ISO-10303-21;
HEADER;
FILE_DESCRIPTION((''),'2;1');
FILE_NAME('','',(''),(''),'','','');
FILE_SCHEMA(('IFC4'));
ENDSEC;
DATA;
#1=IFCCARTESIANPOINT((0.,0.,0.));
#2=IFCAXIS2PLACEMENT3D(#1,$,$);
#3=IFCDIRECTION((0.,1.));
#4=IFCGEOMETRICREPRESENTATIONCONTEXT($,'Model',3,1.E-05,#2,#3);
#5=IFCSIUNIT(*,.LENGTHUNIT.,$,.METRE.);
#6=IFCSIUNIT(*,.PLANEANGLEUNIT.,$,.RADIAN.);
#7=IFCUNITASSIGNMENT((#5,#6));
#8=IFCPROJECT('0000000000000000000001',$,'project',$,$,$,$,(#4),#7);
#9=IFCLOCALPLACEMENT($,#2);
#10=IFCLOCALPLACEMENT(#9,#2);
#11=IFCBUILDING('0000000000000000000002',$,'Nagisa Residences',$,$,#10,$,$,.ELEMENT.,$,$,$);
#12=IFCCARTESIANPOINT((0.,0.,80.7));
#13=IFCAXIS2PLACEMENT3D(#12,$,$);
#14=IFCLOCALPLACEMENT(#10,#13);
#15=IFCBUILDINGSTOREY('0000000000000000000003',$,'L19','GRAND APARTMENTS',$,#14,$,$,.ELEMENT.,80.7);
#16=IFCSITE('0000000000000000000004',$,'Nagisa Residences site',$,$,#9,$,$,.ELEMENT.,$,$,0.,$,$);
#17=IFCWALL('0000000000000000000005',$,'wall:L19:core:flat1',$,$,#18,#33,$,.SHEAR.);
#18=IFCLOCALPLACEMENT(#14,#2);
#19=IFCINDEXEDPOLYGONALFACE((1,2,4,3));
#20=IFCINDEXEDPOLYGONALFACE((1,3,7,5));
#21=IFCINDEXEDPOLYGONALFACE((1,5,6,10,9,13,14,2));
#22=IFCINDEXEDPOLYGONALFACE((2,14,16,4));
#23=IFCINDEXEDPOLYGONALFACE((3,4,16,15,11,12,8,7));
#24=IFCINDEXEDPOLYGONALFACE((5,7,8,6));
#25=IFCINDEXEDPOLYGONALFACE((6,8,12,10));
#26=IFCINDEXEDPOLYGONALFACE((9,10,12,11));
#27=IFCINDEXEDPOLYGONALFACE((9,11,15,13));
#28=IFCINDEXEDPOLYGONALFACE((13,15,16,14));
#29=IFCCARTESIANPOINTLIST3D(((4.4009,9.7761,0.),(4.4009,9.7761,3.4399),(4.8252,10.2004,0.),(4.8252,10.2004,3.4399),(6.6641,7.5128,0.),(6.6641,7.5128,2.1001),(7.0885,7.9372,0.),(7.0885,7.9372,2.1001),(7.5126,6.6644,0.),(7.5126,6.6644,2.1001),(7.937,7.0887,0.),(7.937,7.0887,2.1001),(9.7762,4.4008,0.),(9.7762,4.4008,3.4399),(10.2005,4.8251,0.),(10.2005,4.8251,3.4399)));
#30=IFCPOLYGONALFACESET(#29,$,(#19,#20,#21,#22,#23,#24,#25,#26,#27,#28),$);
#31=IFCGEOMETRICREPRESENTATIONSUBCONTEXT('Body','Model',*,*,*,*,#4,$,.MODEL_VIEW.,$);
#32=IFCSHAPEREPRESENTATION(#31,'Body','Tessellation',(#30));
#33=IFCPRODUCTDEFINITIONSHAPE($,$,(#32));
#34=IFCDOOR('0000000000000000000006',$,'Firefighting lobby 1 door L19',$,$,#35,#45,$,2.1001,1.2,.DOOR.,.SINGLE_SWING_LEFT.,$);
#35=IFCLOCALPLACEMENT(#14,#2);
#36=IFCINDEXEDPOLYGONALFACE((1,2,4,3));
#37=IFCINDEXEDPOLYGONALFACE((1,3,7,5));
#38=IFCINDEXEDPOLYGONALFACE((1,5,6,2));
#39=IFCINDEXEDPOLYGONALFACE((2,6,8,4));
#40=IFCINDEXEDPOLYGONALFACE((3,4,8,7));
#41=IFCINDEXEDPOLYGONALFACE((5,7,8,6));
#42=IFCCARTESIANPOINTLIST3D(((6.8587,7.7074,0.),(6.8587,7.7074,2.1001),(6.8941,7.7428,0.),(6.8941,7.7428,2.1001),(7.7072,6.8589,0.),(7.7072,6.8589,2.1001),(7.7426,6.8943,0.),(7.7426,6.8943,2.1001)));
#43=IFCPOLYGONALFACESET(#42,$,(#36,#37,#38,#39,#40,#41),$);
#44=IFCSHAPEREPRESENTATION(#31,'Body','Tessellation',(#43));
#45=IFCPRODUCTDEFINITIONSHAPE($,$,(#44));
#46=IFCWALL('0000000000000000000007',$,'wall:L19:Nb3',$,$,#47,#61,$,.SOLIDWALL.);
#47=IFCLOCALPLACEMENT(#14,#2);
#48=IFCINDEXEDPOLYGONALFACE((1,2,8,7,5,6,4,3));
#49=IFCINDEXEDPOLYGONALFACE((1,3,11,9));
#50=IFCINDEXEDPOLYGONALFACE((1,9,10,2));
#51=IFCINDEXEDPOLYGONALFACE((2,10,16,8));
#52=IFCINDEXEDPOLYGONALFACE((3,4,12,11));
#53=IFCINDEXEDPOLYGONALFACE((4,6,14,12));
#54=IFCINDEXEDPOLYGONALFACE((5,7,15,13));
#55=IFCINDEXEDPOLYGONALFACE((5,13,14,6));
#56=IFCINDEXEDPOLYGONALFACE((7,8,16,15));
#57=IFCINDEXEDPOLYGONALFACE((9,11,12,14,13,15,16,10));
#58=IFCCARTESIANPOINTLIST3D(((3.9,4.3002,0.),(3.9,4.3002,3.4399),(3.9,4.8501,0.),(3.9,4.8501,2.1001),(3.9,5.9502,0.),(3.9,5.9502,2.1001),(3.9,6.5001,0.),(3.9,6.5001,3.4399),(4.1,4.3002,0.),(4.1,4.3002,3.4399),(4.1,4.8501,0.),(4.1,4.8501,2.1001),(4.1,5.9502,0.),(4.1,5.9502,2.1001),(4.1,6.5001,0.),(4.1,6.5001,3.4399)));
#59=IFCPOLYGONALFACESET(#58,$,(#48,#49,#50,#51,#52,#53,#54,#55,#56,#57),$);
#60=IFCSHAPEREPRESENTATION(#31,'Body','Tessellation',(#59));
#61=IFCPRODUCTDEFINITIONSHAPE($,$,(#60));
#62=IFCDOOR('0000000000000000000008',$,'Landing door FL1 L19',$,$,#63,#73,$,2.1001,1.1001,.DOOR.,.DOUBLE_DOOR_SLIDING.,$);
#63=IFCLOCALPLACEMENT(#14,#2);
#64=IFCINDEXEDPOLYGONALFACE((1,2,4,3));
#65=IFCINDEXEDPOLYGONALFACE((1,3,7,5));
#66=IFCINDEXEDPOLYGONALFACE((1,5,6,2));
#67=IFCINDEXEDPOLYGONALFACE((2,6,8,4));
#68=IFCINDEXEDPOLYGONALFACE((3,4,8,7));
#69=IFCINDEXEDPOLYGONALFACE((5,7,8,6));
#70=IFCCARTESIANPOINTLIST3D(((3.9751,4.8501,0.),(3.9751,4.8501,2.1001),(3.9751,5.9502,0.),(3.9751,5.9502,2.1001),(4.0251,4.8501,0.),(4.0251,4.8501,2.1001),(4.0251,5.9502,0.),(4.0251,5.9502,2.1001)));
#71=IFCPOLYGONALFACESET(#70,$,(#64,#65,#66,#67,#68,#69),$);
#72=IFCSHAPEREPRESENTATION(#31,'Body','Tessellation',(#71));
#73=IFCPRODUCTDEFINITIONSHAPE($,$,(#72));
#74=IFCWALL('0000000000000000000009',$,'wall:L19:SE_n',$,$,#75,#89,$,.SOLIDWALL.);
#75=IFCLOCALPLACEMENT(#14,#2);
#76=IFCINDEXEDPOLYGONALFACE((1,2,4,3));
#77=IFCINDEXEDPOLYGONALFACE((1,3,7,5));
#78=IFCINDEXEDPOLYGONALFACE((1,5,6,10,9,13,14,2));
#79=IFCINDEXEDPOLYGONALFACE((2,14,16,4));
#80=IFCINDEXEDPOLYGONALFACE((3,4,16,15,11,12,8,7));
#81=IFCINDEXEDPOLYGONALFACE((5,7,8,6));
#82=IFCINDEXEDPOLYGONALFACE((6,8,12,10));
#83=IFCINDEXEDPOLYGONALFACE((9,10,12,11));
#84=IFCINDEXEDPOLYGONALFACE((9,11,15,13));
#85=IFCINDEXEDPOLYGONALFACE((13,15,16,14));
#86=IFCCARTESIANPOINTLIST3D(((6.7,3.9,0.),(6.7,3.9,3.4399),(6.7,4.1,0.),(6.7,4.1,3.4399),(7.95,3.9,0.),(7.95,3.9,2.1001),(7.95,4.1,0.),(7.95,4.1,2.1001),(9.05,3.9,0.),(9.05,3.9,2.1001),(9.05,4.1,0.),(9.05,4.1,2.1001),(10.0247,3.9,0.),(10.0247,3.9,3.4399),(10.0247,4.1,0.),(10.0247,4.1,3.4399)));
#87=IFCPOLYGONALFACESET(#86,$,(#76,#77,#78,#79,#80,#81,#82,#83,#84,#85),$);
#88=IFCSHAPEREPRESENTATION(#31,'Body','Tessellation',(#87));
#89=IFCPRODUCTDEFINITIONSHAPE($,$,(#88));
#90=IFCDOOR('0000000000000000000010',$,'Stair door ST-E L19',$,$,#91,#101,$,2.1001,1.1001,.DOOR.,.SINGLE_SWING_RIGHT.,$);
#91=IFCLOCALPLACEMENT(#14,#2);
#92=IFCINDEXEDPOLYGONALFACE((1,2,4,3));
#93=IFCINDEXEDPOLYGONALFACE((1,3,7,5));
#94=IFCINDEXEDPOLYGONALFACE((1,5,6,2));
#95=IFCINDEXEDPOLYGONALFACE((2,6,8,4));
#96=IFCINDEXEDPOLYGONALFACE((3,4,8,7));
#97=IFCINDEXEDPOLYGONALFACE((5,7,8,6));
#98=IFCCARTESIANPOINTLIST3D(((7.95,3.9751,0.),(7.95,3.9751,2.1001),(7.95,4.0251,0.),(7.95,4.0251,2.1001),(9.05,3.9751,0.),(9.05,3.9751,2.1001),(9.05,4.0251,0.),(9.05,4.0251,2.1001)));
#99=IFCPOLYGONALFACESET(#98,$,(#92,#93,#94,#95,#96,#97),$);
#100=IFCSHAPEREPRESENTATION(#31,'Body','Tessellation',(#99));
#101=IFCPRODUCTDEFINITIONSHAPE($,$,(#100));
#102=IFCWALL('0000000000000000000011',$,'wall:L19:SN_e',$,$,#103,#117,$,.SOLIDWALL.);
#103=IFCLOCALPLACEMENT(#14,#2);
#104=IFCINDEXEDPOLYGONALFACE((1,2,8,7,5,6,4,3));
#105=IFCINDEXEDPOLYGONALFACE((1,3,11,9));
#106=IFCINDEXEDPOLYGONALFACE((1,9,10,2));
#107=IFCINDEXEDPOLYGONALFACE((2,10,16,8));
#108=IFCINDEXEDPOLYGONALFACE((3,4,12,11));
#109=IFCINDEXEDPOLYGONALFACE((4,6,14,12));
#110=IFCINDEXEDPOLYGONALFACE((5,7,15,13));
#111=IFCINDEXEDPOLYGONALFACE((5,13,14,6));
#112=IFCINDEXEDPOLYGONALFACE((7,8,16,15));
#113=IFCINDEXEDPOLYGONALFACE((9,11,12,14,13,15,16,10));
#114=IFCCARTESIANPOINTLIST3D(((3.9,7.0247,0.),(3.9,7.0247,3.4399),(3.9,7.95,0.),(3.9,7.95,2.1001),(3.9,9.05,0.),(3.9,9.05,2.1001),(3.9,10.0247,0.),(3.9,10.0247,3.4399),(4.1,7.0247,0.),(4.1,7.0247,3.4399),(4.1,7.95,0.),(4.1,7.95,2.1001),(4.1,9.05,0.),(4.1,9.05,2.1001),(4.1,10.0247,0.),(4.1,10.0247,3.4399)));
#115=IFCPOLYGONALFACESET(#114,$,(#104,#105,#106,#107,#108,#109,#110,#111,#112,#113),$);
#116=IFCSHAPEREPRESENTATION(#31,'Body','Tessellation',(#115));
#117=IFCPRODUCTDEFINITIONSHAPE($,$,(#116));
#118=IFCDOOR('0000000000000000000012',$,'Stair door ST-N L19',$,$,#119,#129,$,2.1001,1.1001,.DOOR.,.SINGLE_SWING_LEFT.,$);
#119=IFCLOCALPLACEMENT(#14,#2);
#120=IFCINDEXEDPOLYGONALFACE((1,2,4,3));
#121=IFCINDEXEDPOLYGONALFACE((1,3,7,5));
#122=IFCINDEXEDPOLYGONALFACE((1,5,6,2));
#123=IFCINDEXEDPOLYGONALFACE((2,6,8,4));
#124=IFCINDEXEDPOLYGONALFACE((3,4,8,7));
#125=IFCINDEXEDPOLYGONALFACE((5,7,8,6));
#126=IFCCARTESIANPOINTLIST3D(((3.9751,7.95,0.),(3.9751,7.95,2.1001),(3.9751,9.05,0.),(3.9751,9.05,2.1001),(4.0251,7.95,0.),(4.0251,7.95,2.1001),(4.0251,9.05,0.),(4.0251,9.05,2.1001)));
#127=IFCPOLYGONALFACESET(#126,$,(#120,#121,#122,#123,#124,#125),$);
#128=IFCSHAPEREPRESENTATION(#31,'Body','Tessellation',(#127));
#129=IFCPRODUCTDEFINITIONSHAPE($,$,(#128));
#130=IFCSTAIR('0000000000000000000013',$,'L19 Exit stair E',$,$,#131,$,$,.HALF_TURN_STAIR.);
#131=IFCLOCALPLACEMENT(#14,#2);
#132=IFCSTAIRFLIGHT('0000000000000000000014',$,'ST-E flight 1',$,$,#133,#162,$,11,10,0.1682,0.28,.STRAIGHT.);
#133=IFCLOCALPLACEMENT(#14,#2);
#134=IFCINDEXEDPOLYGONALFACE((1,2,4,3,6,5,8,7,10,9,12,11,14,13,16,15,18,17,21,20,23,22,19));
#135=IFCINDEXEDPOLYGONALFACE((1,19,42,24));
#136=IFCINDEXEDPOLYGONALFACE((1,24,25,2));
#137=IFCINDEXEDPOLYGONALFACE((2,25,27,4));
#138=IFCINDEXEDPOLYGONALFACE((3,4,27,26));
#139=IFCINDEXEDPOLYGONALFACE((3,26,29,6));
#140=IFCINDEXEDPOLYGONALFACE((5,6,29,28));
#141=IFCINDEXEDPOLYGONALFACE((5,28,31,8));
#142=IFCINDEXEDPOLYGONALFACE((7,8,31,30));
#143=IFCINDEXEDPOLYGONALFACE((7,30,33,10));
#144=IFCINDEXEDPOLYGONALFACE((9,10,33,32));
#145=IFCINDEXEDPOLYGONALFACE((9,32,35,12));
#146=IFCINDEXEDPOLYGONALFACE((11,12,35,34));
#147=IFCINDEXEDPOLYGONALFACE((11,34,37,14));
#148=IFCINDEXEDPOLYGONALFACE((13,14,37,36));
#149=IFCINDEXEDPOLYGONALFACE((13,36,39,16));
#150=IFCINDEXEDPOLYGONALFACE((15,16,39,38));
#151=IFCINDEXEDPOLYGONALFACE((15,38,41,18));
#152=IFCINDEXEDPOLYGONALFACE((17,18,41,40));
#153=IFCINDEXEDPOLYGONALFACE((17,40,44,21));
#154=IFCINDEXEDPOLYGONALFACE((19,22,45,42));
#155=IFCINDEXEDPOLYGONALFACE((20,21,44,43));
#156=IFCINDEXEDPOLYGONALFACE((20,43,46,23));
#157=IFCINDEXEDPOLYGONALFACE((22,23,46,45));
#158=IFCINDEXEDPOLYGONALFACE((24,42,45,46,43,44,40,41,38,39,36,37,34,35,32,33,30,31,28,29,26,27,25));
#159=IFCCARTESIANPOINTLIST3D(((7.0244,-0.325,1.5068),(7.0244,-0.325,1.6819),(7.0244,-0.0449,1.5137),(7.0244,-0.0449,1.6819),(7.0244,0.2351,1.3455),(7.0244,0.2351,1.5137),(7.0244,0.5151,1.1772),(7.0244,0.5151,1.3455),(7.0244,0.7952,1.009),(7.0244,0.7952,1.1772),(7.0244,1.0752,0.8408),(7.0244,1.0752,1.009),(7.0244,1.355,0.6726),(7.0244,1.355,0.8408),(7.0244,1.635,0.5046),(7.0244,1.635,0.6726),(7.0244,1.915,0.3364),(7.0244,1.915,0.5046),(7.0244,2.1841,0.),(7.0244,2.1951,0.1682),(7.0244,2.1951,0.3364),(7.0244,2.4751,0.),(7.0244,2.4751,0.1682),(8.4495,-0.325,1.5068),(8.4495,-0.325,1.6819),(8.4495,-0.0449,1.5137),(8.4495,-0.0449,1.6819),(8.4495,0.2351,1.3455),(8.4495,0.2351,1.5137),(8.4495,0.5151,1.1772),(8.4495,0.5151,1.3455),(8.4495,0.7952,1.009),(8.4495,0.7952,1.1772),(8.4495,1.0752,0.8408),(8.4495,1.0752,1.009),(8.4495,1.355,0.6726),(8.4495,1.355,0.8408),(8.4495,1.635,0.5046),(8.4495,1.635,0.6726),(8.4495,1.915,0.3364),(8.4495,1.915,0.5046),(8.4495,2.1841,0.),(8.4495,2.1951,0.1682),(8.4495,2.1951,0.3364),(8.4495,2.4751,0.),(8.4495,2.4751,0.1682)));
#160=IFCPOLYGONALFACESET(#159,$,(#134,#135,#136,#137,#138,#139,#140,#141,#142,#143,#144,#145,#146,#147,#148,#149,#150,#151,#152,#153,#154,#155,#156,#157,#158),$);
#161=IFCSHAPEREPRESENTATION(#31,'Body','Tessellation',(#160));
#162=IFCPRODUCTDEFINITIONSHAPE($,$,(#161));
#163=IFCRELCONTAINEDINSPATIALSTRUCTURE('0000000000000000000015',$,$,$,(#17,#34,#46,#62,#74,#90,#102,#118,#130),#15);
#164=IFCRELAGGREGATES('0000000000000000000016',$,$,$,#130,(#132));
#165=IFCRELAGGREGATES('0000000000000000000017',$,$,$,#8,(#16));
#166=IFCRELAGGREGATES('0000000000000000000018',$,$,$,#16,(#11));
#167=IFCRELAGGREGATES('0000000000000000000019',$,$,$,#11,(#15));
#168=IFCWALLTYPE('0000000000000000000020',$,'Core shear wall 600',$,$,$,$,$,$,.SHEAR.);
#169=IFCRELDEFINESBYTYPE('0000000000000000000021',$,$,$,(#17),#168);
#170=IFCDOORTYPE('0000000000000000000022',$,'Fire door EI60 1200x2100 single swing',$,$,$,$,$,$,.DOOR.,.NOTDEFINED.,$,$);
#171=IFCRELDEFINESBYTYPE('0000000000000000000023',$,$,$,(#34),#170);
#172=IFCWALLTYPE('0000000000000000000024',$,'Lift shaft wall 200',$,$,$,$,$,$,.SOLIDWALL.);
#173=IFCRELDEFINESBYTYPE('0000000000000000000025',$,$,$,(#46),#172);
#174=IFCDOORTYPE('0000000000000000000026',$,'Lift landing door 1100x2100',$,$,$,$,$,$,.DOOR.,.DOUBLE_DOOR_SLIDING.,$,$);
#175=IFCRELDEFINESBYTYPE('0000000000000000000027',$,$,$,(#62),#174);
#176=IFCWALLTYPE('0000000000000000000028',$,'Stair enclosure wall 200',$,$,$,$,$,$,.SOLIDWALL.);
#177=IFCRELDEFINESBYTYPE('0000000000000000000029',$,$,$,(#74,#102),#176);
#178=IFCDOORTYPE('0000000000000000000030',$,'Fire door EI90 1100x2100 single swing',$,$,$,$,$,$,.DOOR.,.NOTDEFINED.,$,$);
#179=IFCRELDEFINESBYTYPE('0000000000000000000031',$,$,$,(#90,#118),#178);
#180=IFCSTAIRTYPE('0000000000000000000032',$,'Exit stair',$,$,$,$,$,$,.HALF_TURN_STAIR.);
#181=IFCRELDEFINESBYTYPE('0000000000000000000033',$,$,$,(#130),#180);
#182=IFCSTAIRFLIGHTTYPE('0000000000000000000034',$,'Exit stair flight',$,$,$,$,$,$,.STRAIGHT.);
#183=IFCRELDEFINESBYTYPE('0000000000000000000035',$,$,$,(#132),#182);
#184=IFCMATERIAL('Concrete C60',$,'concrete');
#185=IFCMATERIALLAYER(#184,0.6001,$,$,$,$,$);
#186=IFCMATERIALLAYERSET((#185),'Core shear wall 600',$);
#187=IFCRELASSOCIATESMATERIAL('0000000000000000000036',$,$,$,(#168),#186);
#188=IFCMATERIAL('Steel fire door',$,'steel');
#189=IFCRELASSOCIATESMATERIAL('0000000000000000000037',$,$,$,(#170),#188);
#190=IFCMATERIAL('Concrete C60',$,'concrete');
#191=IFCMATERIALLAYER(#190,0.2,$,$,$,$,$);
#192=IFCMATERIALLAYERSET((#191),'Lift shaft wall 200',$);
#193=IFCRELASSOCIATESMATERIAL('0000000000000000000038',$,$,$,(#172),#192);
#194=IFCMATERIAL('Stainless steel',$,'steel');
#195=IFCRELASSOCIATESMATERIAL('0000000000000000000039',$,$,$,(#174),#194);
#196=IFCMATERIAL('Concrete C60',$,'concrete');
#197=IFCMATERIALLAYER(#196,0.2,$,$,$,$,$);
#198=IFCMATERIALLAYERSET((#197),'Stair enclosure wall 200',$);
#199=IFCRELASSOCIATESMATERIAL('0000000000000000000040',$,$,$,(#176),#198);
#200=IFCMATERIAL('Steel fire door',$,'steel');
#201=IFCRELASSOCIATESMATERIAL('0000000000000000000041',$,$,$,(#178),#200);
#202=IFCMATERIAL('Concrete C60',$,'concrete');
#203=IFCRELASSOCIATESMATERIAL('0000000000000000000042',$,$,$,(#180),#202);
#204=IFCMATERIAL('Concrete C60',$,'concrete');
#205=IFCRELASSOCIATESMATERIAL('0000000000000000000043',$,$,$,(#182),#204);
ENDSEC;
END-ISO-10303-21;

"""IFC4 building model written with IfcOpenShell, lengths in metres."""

from ifc_helpers import new_model, si_unit, direction, frame, frame_2d, origin, place, context, subcontext, project, spatial, polyline, rectangle, outline, extrude, material, layer, layer_set, type_object, element, fill, aggregate, save


model = new_model("IFC4")

# Units and contexts
model_context = context("Model", 3, precision=1e-05, world=origin(), true_north=direction((0.0, 1.0)))
body_context = subcontext(model_context, "Body", "Model", "MODEL_VIEW")
ifc_project = project(units=[si_unit("LENGTHUNIT", "METRE"), si_unit("PLANEANGLEUNIT", "RADIAN")], contexts=[model_context])

# Site, building, storey
site_placement = place(None, origin())
site = spatial("IfcSite", under=ifc_project, at=site_placement, Name="Nagisa Residences site", CompositionType="ELEMENT", RefElevation=0.0)
building_placement = place(site_placement, origin())
building = spatial("IfcBuilding", under=site, at=building_placement, Name="Nagisa Residences", CompositionType="ELEMENT")
storey_placement = place(building_placement, frame((0.0, 0.0, 80.7)))
storey = spatial("IfcBuildingStorey", under=building, at=storey_placement, Name="L19", Description="GRAND APARTMENTS", CompositionType="ELEMENT", Elevation=80.7)

# Walls, openings, doors
ifc_material_1 = material(Name="Concrete C60", Category="concrete")
ifc_layer_1 = layer(ifc_material_1, 0.6001)
ifc_layer_set_1 = layer_set([ifc_layer_1], Name="Core shear wall 600")
wall_type_1 = type_object("IfcWallType", Name="Core shear wall 600", PredefinedType="SHEAR", material=ifc_layer_set_1)
wall_1_placement = place(storey_placement, frame((9.9883, 4.613, 0.0), z_axis=(0.0, 0.0, 1.0), x_axis=(-0.707107, 0.707107, 0.0)))
wall_1 = element("IfcWall", 1, at=wall_1_placement, inside=storey, type_object=wall_type_1, Name="wall:L19:core:flat1", PredefinedType="SHEAR", context=body_context, shape_type="SweptSolid", body=[
    extrude(rectangle(XDim=7.6018, YDim=0.6001, at=frame_2d((3.8008, 0.0))), origin(), (0.0, 0.0, 1.0), 3.4399),
])
opening_1_placement = place(wall_1_placement, frame((3.2009, 0.0, 0.0)))
opening_1 = element("IfcOpeningElement", 2, at=opening_1_placement, cuts=wall_1, PredefinedType="OPENING", context=body_context, shape_type="SweptSolid", body=[
    extrude(rectangle(XDim=1.2, YDim=2.1001, at=frame_2d((0.6001, 1.05))), frame((0.0, 0.3101, 0.0), z_axis=(0.0, -1.0, 0.0), x_axis=(1.0, 0.0, 0.0)), (0.0, 0.0, 1.0), 0.6201),
])
ifc_material_2 = material(Name="Steel fire door", Category="steel")
door_type_1 = type_object("IfcDoorType", Name="Fire door EI60 1200x2100 single swing", OperationType="NOTDEFINED", PredefinedType="DOOR", material=ifc_material_2)
door_1_placement = place(opening_1_placement, origin())
door_1 = element("IfcDoor", 3, at=door_1_placement, inside=storey, type_object=door_type_1, Name="Firefighting lobby 1 door L19", OperationType="SINGLE_SWING_LEFT", OverallHeight=2.1001, OverallWidth=1.2, PredefinedType="DOOR", context=body_context, shape_type="SweptSolid", body=[
    extrude(rectangle(XDim=1.2, YDim=2.1001, at=frame_2d((0.6001, 1.05))), frame((0.0, 0.0249, 0.0), z_axis=(0.0, -1.0, 0.0), x_axis=(1.0, 0.0, 0.0)), (0.0, 0.0, 1.0), 0.05),
])
fill(opening_1, door_1)
ifc_material_3 = material(Name="Concrete C60", Category="concrete")
ifc_layer_2 = layer(ifc_material_3, 0.2)
ifc_layer_set_2 = layer_set([ifc_layer_2], Name="Lift shaft wall 200")
wall_type_2 = type_object("IfcWallType", Name="Lift shaft wall 200", PredefinedType="SOLIDWALL", material=ifc_layer_set_2)
wall_2_placement = place(storey_placement, frame((4.0, 4.3, 0.0), z_axis=(0.0, 0.0, 1.0), x_axis=(0.0, 1.0, 0.0)))
wall_2 = element("IfcWall", 4, at=wall_2_placement, inside=storey, type_object=wall_type_2, Name="wall:L19:Nb3", PredefinedType="SOLIDWALL", context=body_context, shape_type="SweptSolid", body=[
    extrude(rectangle(XDim=2.2, YDim=0.2, at=frame_2d((1.1001, 0.0))), origin(), (0.0, 0.0, 1.0), 3.4399),
])
opening_2_placement = place(wall_2_placement, frame((0.55, 0.0, 0.0)))
opening_2 = element("IfcOpeningElement", 5, at=opening_2_placement, cuts=wall_2, PredefinedType="OPENING", context=body_context, shape_type="SweptSolid", body=[
    extrude(rectangle(XDim=1.1001, YDim=2.1001, at=frame_2d((0.55, 1.05))), frame((0.0, 0.1099, 0.0), z_axis=(0.0, -1.0, 0.0), x_axis=(1.0, 0.0, 0.0)), (0.0, 0.0, 1.0), 0.22),
])
ifc_material_4 = material(Name="Stainless steel", Category="steel")
door_type_2 = type_object("IfcDoorType", Name="Lift landing door 1100x2100", OperationType="DOUBLE_DOOR_SLIDING", PredefinedType="DOOR", material=ifc_material_4)
door_2_placement = place(opening_2_placement, origin())
door_2 = element("IfcDoor", 6, at=door_2_placement, inside=storey, type_object=door_type_2, Name="Landing door FL1 L19", OperationType="DOUBLE_DOOR_SLIDING", OverallHeight=2.1001, OverallWidth=1.1001, PredefinedType="DOOR", context=body_context, shape_type="SweptSolid", body=[
    extrude(rectangle(XDim=1.1001, YDim=2.1001, at=frame_2d((0.55, 1.05))), frame((0.0, 0.0249, 0.0), z_axis=(0.0, -1.0, 0.0), x_axis=(1.0, 0.0, 0.0)), (0.0, 0.0, 1.0), 0.05),
])
fill(opening_2, door_2)
ifc_material_5 = material(Name="Concrete C60", Category="concrete")
ifc_layer_3 = layer(ifc_material_5, 0.2)
ifc_layer_set_3 = layer_set([ifc_layer_3], Name="Stair enclosure wall 200")
wall_type_3 = type_object("IfcWallType", Name="Stair enclosure wall 200", PredefinedType="SOLIDWALL", material=ifc_layer_set_3)
wall_3_placement = place(storey_placement, frame((6.7, 4.0, 0.0), z_axis=(0.0, 0.0, 1.0), x_axis=(1.0, 0.0, 0.0)))
wall_3 = element("IfcWall", 7, at=wall_3_placement, inside=storey, type_object=wall_type_3, Name="wall:L19:SE_n", PredefinedType="SOLIDWALL", context=body_context, shape_type="SweptSolid", body=[
    extrude(rectangle(XDim=3.3247, YDim=0.2, at=frame_2d((1.6624, 0.0))), origin(), (0.0, 0.0, 1.0), 3.4399),
])
opening_3_placement = place(wall_3_placement, frame((1.25, 0.0, 0.0)))
opening_3 = element("IfcOpeningElement", 8, at=opening_3_placement, cuts=wall_3, PredefinedType="OPENING", context=body_context, shape_type="SweptSolid", body=[
    extrude(rectangle(XDim=1.1001, YDim=2.1001, at=frame_2d((0.55, 1.05))), frame((0.0, 0.1099, 0.0), z_axis=(0.0, -1.0, 0.0), x_axis=(1.0, 0.0, 0.0)), (0.0, 0.0, 1.0), 0.22),
])
ifc_material_6 = material(Name="Steel fire door", Category="steel")
door_type_3 = type_object("IfcDoorType", Name="Fire door EI90 1100x2100 single swing", OperationType="NOTDEFINED", PredefinedType="DOOR", material=ifc_material_6)
door_3_placement = place(opening_3_placement, frame((1.1001, 0.0, 0.0), x_axis=(-1.0, 0.0, 0.0)))
door_3 = element("IfcDoor", 9, at=door_3_placement, inside=storey, type_object=door_type_3, Name="Stair door ST-E L19", OperationType="SINGLE_SWING_RIGHT", OverallHeight=2.1001, OverallWidth=1.1001, PredefinedType="DOOR", context=body_context, shape_type="SweptSolid", body=[
    extrude(rectangle(XDim=1.1001, YDim=2.1001, at=frame_2d((0.55, 1.05))), frame((0.0, 0.0249, 0.0), z_axis=(0.0, -1.0, 0.0), x_axis=(1.0, 0.0, 0.0)), (0.0, 0.0, 1.0), 0.05),
])
fill(opening_3, door_3)
wall_4_placement = place(storey_placement, frame((4.0, 7.0247, 0.0), z_axis=(0.0, 0.0, 1.0), x_axis=(0.0, 1.0, 0.0)))
wall_4 = element("IfcWall", 10, at=wall_4_placement, inside=storey, type_object=wall_type_3, Name="wall:L19:SN_e", PredefinedType="SOLIDWALL", context=body_context, shape_type="SweptSolid", body=[
    extrude(rectangle(XDim=3.0, YDim=0.2, at=frame_2d((1.5, 0.0))), origin(), (0.0, 0.0, 1.0), 3.4399),
])
opening_4_placement = place(wall_4_placement, frame((0.9253, 0.0, 0.0)))
opening_4 = element("IfcOpeningElement", 11, at=opening_4_placement, cuts=wall_4, PredefinedType="OPENING", context=body_context, shape_type="SweptSolid", body=[
    extrude(rectangle(XDim=1.1001, YDim=2.1001, at=frame_2d((0.55, 1.05))), frame((0.0, 0.1099, 0.0), z_axis=(0.0, -1.0, 0.0), x_axis=(1.0, 0.0, 0.0)), (0.0, 0.0, 1.0), 0.22),
])
door_4_placement = place(opening_4_placement, origin())
door_4 = element("IfcDoor", 12, at=door_4_placement, inside=storey, type_object=door_type_3, Name="Stair door ST-N L19", OperationType="SINGLE_SWING_LEFT", OverallHeight=2.1001, OverallWidth=1.1001, PredefinedType="DOOR", context=body_context, shape_type="SweptSolid", body=[
    extrude(rectangle(XDim=1.1001, YDim=2.1001, at=frame_2d((0.55, 1.05))), frame((0.0, 0.0249, 0.0), z_axis=(0.0, -1.0, 0.0), x_axis=(1.0, 0.0, 0.0)), (0.0, 0.0, 1.0), 0.05),
])
fill(opening_4, door_4)

# Stair, stair flight
ifc_material_7 = material(Name="Concrete C60", Category="concrete")
stair_type = type_object("IfcStairType", Name="Exit stair", PredefinedType="HALF_TURN_STAIR", material=ifc_material_7)
stair_placement = place(storey_placement, origin())
stair = element("IfcStair", 13, at=stair_placement, inside=storey, type_object=stair_type, Name="L19 Exit stair E", PredefinedType="HALF_TURN_STAIR")
ifc_material_8 = material(Name="Concrete C60", Category="concrete")
stair_flight_type = type_object("IfcStairFlightType", Name="Exit stair flight", PredefinedType="STRAIGHT", material=ifc_material_8)
stair_flight_placement = place(storey_placement, frame((7.7371, 2.4751, 0.0), z_axis=(0.0, 0.0, 1.0), x_axis=(0.0, -1.0, 0.0)))
stair_flight = element("IfcStairFlight", 14, at=stair_flight_placement, type_object=stair_flight_type, Name="ST-E flight 1", NumberOfRisers=11, NumberOfTreads=10, PredefinedType="STRAIGHT", RiserHeight=0.1682, TreadLength=0.28, context=body_context, shape_type="SweptSolid", body=[
    extrude(outline(polyline([(0.0, 0.0), (0.0, 0.1682), (0.28, 0.1682), (0.28, 0.3364), (0.5601, 0.3364), (0.5601, 0.5046), (0.8401, 0.5046), (0.8401, 0.6726), (1.1201, 0.6726), (1.1201, 0.8408), (1.3999, 0.8408), (1.3999, 1.009), (1.6799, 1.009), (1.6799, 1.1772), (1.96, 1.1772), (1.96, 1.3455), (2.24, 1.3455), (2.24, 1.5137), (2.52, 1.5137), (2.52, 1.6819), (2.8, 1.6819), (2.8, 1.8501), (2.8, 1.5068), (0.291, 0.0), (0.0, 0.0)])), frame((0.0, 0.7124, 0.0), z_axis=(0.0, -1.0, 0.0), x_axis=(1.0, 0.0, 0.0)), (0.0, 0.0, 1.0), 1.425),
])
aggregate(stair, [stair_flight])

save(model, "model.ifc")
